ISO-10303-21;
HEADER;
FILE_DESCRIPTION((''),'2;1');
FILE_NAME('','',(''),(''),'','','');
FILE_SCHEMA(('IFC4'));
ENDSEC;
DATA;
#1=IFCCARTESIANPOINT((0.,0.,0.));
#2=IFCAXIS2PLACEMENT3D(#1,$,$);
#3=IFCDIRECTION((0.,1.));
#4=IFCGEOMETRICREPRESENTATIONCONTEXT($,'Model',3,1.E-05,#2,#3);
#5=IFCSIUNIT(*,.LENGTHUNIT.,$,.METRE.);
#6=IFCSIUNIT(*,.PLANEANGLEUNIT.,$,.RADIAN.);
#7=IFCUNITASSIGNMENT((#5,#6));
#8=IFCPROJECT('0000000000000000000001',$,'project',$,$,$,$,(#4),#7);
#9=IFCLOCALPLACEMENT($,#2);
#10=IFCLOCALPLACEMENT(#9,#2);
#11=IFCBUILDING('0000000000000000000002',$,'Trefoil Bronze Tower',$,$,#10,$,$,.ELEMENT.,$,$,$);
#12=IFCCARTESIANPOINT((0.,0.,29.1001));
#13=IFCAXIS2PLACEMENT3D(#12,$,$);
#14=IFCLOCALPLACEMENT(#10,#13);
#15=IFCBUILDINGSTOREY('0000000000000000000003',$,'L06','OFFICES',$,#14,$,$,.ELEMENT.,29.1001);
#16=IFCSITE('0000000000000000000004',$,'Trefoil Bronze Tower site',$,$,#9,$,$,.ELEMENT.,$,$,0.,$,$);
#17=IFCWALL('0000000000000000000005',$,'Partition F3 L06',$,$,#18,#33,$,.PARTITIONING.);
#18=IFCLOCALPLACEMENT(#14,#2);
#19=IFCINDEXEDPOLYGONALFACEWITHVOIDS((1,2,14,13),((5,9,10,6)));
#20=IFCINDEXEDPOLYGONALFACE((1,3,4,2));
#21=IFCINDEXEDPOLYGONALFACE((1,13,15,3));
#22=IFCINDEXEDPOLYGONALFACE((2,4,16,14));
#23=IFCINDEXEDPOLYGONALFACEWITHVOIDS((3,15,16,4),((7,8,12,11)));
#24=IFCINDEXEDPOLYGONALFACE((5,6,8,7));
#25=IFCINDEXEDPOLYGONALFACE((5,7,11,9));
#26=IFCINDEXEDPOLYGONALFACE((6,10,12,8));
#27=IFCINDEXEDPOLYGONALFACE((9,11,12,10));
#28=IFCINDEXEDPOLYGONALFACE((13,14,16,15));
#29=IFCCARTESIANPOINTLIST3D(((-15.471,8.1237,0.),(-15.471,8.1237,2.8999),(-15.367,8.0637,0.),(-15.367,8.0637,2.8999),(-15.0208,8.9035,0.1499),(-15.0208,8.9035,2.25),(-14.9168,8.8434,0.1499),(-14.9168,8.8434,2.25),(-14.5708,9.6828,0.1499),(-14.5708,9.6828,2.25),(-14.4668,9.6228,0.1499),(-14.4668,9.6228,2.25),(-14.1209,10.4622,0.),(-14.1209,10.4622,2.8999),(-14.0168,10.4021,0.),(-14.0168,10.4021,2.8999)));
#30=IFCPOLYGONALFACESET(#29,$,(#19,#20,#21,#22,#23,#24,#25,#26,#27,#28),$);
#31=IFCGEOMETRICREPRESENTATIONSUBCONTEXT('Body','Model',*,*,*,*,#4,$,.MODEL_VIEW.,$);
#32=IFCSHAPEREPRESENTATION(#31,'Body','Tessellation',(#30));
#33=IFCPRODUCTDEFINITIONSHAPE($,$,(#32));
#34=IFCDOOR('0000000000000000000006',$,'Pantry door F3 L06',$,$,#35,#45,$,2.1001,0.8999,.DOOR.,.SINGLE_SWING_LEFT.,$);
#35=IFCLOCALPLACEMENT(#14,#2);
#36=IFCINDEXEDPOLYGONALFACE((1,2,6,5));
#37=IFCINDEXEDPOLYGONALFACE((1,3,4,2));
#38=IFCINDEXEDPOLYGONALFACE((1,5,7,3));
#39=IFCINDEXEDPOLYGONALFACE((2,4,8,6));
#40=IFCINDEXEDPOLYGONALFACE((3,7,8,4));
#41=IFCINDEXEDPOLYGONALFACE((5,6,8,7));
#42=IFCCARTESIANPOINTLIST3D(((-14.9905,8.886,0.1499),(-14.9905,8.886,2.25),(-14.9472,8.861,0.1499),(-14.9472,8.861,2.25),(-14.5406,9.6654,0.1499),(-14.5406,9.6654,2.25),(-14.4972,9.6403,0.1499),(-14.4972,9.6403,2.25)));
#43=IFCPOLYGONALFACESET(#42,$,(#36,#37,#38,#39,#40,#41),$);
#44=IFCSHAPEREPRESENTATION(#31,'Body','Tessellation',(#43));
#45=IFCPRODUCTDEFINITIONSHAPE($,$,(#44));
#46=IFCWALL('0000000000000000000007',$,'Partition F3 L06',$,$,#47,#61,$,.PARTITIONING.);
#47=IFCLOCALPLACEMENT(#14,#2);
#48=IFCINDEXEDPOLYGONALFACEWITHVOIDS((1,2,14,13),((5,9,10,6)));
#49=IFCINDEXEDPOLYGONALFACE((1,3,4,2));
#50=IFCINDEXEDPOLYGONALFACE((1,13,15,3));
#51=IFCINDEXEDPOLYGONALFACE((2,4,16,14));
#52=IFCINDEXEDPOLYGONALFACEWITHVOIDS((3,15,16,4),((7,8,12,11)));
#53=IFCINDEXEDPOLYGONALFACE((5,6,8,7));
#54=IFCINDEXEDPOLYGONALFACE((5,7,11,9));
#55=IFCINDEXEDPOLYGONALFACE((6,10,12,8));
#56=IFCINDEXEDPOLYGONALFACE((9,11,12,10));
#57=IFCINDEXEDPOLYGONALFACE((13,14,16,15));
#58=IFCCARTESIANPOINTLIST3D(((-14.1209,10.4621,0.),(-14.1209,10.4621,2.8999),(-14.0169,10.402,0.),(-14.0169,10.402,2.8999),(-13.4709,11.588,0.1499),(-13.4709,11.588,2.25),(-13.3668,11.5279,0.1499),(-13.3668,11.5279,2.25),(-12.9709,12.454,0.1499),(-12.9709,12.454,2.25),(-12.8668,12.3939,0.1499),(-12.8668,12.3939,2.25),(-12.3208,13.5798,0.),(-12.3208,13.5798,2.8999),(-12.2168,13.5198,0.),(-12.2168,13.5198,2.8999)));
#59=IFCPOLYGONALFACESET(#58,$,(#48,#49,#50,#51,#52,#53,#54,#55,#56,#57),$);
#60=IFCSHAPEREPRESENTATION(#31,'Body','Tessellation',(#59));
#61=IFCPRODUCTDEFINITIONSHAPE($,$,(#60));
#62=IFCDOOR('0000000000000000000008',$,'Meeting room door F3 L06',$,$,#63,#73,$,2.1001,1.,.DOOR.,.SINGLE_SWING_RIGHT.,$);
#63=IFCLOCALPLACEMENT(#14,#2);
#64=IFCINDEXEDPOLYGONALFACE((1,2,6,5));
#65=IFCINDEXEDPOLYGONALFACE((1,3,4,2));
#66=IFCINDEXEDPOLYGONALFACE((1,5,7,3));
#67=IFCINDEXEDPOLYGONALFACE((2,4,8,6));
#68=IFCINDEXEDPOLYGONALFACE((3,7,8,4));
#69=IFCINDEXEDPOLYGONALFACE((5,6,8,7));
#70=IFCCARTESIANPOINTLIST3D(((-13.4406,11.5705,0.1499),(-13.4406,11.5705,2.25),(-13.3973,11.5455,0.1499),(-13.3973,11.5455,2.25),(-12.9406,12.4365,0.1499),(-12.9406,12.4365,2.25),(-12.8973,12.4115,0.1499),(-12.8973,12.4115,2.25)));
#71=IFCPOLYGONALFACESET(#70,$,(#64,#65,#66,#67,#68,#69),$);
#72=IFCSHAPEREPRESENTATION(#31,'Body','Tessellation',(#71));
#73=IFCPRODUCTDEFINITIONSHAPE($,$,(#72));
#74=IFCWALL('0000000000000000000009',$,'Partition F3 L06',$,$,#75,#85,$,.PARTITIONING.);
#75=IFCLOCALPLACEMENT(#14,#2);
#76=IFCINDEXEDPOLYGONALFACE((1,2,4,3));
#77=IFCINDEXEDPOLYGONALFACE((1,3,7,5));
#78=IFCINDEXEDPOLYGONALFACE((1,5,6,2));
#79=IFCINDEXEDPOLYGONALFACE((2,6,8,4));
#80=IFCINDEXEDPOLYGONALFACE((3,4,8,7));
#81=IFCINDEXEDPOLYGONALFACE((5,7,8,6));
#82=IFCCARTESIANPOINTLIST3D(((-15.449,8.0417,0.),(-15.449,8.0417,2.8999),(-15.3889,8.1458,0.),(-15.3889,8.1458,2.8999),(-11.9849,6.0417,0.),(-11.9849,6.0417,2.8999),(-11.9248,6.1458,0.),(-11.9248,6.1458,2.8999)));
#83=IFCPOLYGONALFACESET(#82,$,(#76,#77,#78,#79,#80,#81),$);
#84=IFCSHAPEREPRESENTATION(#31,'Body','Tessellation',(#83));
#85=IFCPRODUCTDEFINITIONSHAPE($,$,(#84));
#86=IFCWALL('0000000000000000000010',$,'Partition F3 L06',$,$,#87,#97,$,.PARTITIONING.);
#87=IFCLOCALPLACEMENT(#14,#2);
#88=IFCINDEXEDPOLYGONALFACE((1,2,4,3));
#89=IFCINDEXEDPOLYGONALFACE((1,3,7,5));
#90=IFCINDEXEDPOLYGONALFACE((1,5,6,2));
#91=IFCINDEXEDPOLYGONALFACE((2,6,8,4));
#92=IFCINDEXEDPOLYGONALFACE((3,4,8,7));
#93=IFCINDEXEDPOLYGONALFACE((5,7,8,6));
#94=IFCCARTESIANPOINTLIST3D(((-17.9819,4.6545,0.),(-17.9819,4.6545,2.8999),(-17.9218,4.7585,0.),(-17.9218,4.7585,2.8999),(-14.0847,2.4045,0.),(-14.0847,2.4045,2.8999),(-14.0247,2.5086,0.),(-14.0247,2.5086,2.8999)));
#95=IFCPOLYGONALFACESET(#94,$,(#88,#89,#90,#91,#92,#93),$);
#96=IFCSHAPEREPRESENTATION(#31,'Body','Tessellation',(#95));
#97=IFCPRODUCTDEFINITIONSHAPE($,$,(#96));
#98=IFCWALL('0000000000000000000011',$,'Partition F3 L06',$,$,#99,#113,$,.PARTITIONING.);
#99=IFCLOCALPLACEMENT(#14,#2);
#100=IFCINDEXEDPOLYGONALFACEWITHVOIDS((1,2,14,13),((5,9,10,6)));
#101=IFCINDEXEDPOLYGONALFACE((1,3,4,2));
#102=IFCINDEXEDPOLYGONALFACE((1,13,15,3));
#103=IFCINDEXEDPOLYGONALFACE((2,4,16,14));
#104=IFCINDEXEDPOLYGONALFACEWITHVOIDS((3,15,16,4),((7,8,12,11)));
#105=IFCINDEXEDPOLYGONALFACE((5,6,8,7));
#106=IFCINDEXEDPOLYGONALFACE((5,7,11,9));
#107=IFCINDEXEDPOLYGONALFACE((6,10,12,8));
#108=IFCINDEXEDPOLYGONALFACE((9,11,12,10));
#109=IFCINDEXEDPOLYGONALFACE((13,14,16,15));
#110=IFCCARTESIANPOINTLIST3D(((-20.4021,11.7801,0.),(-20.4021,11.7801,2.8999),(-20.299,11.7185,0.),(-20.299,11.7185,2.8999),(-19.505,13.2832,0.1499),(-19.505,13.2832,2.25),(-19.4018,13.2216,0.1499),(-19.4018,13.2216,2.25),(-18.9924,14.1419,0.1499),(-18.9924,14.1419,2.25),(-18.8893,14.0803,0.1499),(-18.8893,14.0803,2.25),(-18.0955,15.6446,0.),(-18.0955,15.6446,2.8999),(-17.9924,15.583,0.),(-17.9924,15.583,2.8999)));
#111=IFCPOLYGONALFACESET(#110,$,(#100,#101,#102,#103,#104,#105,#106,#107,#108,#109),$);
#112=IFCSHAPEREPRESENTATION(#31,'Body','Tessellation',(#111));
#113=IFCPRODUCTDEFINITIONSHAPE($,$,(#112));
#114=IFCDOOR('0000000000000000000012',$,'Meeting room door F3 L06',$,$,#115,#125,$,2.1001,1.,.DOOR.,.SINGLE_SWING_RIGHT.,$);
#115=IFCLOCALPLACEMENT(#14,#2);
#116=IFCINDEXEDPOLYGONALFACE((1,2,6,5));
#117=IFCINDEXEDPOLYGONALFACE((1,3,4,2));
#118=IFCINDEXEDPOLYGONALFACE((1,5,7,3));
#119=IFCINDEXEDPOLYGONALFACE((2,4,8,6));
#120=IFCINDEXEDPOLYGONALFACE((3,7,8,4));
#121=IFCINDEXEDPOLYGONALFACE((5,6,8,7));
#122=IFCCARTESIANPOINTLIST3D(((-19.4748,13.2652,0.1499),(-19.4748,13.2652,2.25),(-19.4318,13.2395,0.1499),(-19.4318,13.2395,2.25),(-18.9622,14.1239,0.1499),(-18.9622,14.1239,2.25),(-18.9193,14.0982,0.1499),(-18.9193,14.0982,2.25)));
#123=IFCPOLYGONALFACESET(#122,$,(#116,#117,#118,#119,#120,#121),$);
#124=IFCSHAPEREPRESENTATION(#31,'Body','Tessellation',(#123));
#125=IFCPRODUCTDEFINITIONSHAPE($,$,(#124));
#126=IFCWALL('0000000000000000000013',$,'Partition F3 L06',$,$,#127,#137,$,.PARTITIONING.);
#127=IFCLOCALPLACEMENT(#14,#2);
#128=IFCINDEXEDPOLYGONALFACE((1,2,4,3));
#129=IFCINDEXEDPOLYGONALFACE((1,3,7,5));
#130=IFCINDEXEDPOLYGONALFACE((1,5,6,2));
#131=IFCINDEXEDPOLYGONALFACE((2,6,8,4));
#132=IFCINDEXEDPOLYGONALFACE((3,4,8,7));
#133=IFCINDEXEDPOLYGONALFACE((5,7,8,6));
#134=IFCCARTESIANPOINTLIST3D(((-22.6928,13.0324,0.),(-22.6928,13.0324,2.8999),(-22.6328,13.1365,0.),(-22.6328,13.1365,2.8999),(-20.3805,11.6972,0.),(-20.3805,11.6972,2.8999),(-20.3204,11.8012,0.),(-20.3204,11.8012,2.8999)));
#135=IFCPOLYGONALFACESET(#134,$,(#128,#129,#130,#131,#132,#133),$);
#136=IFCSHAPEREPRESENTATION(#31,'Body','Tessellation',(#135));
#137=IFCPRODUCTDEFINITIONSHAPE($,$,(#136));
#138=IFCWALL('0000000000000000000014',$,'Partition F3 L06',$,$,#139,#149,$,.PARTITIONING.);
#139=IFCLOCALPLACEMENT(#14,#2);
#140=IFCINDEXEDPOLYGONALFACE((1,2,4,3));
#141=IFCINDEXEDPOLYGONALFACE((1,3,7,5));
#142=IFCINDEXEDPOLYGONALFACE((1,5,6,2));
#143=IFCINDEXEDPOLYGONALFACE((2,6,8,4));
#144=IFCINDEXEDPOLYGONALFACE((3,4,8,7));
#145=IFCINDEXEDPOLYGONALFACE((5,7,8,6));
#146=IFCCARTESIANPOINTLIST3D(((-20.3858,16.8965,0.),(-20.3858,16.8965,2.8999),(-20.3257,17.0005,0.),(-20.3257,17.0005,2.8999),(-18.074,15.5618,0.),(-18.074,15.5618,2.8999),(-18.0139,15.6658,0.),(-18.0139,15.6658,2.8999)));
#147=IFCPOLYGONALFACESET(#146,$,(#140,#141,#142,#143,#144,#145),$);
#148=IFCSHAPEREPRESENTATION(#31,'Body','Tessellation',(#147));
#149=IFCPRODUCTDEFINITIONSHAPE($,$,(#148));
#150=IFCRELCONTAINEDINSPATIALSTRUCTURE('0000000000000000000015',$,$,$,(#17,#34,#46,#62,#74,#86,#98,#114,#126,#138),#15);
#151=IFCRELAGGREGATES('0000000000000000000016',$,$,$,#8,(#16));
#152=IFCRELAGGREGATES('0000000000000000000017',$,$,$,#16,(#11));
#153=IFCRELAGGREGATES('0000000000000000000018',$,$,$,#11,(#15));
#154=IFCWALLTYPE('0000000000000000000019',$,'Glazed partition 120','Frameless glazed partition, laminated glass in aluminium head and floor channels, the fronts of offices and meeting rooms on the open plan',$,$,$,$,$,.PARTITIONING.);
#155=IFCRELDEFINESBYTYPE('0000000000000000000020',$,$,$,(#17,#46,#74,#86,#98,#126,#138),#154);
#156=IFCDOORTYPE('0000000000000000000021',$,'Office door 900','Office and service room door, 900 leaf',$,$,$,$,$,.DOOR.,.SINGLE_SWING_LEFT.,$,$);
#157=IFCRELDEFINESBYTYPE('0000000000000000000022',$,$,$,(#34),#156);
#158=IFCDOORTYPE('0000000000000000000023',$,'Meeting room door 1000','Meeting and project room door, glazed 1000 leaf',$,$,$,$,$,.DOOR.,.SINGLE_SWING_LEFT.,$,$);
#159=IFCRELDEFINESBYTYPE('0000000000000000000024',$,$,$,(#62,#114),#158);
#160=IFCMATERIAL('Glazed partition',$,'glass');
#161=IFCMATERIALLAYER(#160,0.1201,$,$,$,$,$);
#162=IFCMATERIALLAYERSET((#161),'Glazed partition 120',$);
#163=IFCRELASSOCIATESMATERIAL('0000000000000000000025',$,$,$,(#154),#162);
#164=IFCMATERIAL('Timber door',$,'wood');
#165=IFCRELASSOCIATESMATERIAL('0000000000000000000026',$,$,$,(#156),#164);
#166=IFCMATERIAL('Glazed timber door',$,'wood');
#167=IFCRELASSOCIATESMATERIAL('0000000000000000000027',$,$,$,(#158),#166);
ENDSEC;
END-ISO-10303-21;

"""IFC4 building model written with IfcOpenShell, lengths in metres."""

from ifc_helpers import new_model, si_unit, direction, frame, frame_2d, origin, place, context, subcontext, project, spatial, rectangle, extrude, material, layer, layer_set, type_object, element, fill, save


model = new_model("IFC4")

# Units and contexts
model_context = context("Model", 3, precision=1e-05, world=origin(), true_north=direction((0.0, 1.0)))
body_context = subcontext(model_context, "Body", "Model", "MODEL_VIEW")
ifc_project = project(units=[si_unit("LENGTHUNIT", "METRE"), si_unit("PLANEANGLEUNIT", "RADIAN")], contexts=[model_context])

# Site, building, storey
site_placement = place(None, origin())
site = spatial("IfcSite", under=ifc_project, at=site_placement, Name="Trefoil Bronze Tower site", CompositionType="ELEMENT", RefElevation=0.0)
building_placement = place(site_placement, origin())
building = spatial("IfcBuilding", under=site, at=building_placement, Name="Trefoil Bronze Tower", CompositionType="ELEMENT")
storey_placement = place(building_placement, frame((0.0, 0.0, 29.1001)))
storey = spatial("IfcBuildingStorey", under=building, at=storey_placement, Name="L06", Description="OFFICES", CompositionType="ELEMENT", Elevation=29.1001)

# Walls, openings, doors
ifc_material_1 = material(Name="Glazed partition", Category="glass")
ifc_layer_1 = layer(ifc_material_1, 0.1201)
ifc_layer_set_1 = layer_set([ifc_layer_1], Name="Glazed partition 120")
wall_type = type_object("IfcWallType", Name="Glazed partition 120", Description="Frameless glazed partition, laminated glass in aluminium head and floor channels, the fronts of offices and meeting rooms on the open plan", PredefinedType="PARTITIONING", material=ifc_layer_set_1)
wall_1_placement = place(storey_placement, frame((-14.0688, 10.4321, 0.0), z_axis=(0.0, 0.0, 1.0), x_axis=(-0.500009, -0.86602, 0.0)))
wall_1 = element("IfcWall", 1, at=wall_1_placement, inside=storey, type_object=wall_type, Name="Partition F3 L06", PredefinedType="PARTITIONING", context=body_context, shape_type="SweptSolid", body=[
    extrude(rectangle(XDim=2.7002, YDim=0.1201, at=frame_2d((1.3501, 0.0))), origin(), (0.0, 0.0, 1.0), 2.8999),
])
opening_1_placement = place(wall_1_placement, frame((0.8999, 0.0, 0.1499)))
opening_1 = element("IfcOpeningElement", 2, at=opening_1_placement, cuts=wall_1, PredefinedType="OPENING", context=body_context, shape_type="SweptSolid", body=[
    extrude(rectangle(XDim=0.8999, YDim=2.1001, at=frame_2d((0.45, 1.05))), frame((0.0, 0.0701, 0.0), z_axis=(0.0, -1.0, 0.0), x_axis=(1.0, 0.0, 0.0)), (0.0, 0.0, 1.0), 0.1401),
])
ifc_material_2 = material(Name="Timber door", Category="wood")
door_type_1 = type_object("IfcDoorType", Name="Office door 900", Description="Office and service room door, 900 leaf", OperationType="SINGLE_SWING_LEFT", PredefinedType="DOOR", material=ifc_material_2)
door_1_placement = place(opening_1_placement, origin())
door_1 = element("IfcDoor", 3, at=door_1_placement, inside=storey, type_object=door_type_1, Name="Pantry door F3 L06", OperationType="SINGLE_SWING_LEFT", OverallHeight=2.1001, OverallWidth=0.8999, PredefinedType="DOOR", context=body_context, shape_type="SweptSolid", body=[
    extrude(rectangle(XDim=0.8999, YDim=2.1001, at=frame_2d((0.45, 1.05))), frame((0.0, 0.0249, 0.0), z_axis=(0.0, -1.0, 0.0), x_axis=(1.0, 0.0, 0.0)), (0.0, 0.0, 1.0), 0.05),
])
fill(opening_1, door_1)
wall_2_placement = place(storey_placement, frame((-12.2688, 13.5498, 0.0), z_axis=(0.0, 0.0, 1.0), x_axis=(-0.500012, -0.866018, 0.0)))
wall_2 = element("IfcWall", 4, at=wall_2_placement, inside=storey, type_object=wall_type, Name="Partition F3 L06", PredefinedType="PARTITIONING", context=body_context, shape_type="SweptSolid", body=[
    extrude(rectangle(XDim=3.6001, YDim=0.1201, at=frame_2d((1.8, 0.0))), origin(), (0.0, 0.0, 1.0), 2.8999),
])
opening_2_placement = place(wall_2_placement, frame((1.3, 0.0, 0.1499)))
opening_2 = element("IfcOpeningElement", 5, at=opening_2_placement, cuts=wall_2, PredefinedType="OPENING", context=body_context, shape_type="SweptSolid", body=[
    extrude(rectangle(XDim=1.0, YDim=2.1001, at=frame_2d((0.5, 1.05))), frame((0.0, 0.0701, 0.0), z_axis=(0.0, -1.0, 0.0), x_axis=(1.0, 0.0, 0.0)), (0.0, 0.0, 1.0), 0.1401),
])
ifc_material_3 = material(Name="Glazed timber door", Category="wood")
door_type_2 = type_object("IfcDoorType", Name="Meeting room door 1000", Description="Meeting and project room door, glazed 1000 leaf", OperationType="SINGLE_SWING_LEFT", PredefinedType="DOOR", material=ifc_material_3)
door_2_placement = place(opening_2_placement, origin())
door_2 = element("IfcDoor", 6, at=door_2_placement, inside=storey, type_object=door_type_2, Name="Meeting room door F3 L06", OperationType="SINGLE_SWING_RIGHT", OverallHeight=2.1001, OverallWidth=1.0, PredefinedType="DOOR", context=body_context, shape_type="SweptSolid", body=[
    extrude(rectangle(XDim=1.0, YDim=2.1001, at=frame_2d((0.5, 1.05))), frame((0.0, 0.0249, 0.0), z_axis=(0.0, -1.0, 0.0), x_axis=(1.0, 0.0, 0.0)), (0.0, 0.0, 1.0), 0.05),
])
fill(opening_2, door_2)

# Walls
wall_3_placement = place(storey_placement, frame((-11.9548, 6.0938, 0.0), z_axis=(0.0, 0.0, 1.0), x_axis=(-0.866026, 0.499999, 0.0)))
element("IfcWall", 7, at=wall_3_placement, inside=storey, type_object=wall_type, Name="Partition F3 L06", PredefinedType="PARTITIONING", context=body_context, shape_type="SweptSolid", body=[
    extrude(rectangle(XDim=4.0, YDim=0.1201, at=frame_2d((2.0, 0.0))), origin(), (0.0, 0.0, 1.0), 2.8999),
])
wall_4_placement = place(storey_placement, frame((-14.0547, 2.4565, 0.0), z_axis=(0.0, 0.0, 1.0), x_axis=(-0.866031, 0.49999, 0.0)))
element("IfcWall", 8, at=wall_4_placement, inside=storey, type_object=wall_type, Name="Partition F3 L06", PredefinedType="PARTITIONING", context=body_context, shape_type="SweptSolid", body=[
    extrude(rectangle(XDim=4.5, YDim=0.1201, at=frame_2d((2.25, 0.0))), origin(), (0.0, 0.0, 1.0), 2.8999),
])

# Wall, opening, door
wall_5_placement = place(storey_placement, frame((-18.0439, 15.6138, 0.0), z_axis=(0.0, 0.0, 1.0), x_axis=(-0.512524, -0.858673, 0.0)))
wall_5 = element("IfcWall", 9, at=wall_5_placement, inside=storey, type_object=wall_type, Name="Partition F3 L06", PredefinedType="PARTITIONING", context=body_context, shape_type="SweptSolid", body=[
    extrude(rectangle(XDim=4.5005, YDim=0.1201, at=frame_2d((2.2502, 0.0))), origin(), (0.0, 0.0, 1.0), 2.8999),
])
opening_3_placement = place(wall_5_placement, frame((1.75, 0.0, 0.1499)))
opening_3 = element("IfcOpeningElement", 10, at=opening_3_placement, cuts=wall_5, PredefinedType="OPENING", context=body_context, shape_type="SweptSolid", body=[
    extrude(rectangle(XDim=1.0, YDim=2.1001, at=frame_2d((0.5, 1.05))), frame((0.0, 0.0701, 0.0), z_axis=(0.0, -1.0, 0.0), x_axis=(1.0, 0.0, 0.0)), (0.0, 0.0, 1.0), 0.1401),
])
door_3_placement = place(opening_3_placement, frame((1.0, 0.0, 0.0), z_axis=(0.0, 0.0, 1.0), x_axis=(-1.0, 0.0, 0.0)))
door_3 = element("IfcDoor", 11, at=door_3_placement, inside=storey, type_object=door_type_2, Name="Meeting room door F3 L06", OperationType="SINGLE_SWING_RIGHT", OverallHeight=2.1001, OverallWidth=1.0, PredefinedType="DOOR", context=body_context, shape_type="SweptSolid", body=[
    extrude(rectangle(XDim=1.0, YDim=2.1001, at=frame_2d((0.5, 1.05))), frame((0.0, 0.0249, 0.0), z_axis=(0.0, -1.0, 0.0), x_axis=(1.0, 0.0, 0.0)), (0.0, 0.0, 1.0), 0.05),
])
fill(opening_3, door_3)

# Walls
wall_6_placement = place(storey_placement, frame((-20.3506, 11.7493, 0.0), z_axis=(0.0, 0.0, 1.0), x_axis=(-0.865989, 0.500063, 0.0)))
element("IfcWall", 12, at=wall_6_placement, inside=storey, type_object=wall_type, Name="Partition F3 L06", PredefinedType="PARTITIONING", context=body_context, shape_type="SweptSolid", body=[
    extrude(rectangle(XDim=2.6702, YDim=0.1201, at=frame_2d((1.335, 0.0))), origin(), (0.0, 0.0, 1.0), 2.8999),
])
wall_7_placement = place(storey_placement, frame((-18.0439, 15.6138, 0.0), z_axis=(0.0, 0.0, 1.0), x_axis=(-0.866023, 0.500005, 0.0)))
element("IfcWall", 13, at=wall_7_placement, inside=storey, type_object=wall_type, Name="Partition F3 L06", PredefinedType="PARTITIONING", context=body_context, shape_type="SweptSolid", body=[
    extrude(rectangle(XDim=2.6694, YDim=0.1201, at=frame_2d((1.3347, 0.0))), origin(), (0.0, 0.0, 1.0), 2.8999),
])

save(model, "model.ifc")
